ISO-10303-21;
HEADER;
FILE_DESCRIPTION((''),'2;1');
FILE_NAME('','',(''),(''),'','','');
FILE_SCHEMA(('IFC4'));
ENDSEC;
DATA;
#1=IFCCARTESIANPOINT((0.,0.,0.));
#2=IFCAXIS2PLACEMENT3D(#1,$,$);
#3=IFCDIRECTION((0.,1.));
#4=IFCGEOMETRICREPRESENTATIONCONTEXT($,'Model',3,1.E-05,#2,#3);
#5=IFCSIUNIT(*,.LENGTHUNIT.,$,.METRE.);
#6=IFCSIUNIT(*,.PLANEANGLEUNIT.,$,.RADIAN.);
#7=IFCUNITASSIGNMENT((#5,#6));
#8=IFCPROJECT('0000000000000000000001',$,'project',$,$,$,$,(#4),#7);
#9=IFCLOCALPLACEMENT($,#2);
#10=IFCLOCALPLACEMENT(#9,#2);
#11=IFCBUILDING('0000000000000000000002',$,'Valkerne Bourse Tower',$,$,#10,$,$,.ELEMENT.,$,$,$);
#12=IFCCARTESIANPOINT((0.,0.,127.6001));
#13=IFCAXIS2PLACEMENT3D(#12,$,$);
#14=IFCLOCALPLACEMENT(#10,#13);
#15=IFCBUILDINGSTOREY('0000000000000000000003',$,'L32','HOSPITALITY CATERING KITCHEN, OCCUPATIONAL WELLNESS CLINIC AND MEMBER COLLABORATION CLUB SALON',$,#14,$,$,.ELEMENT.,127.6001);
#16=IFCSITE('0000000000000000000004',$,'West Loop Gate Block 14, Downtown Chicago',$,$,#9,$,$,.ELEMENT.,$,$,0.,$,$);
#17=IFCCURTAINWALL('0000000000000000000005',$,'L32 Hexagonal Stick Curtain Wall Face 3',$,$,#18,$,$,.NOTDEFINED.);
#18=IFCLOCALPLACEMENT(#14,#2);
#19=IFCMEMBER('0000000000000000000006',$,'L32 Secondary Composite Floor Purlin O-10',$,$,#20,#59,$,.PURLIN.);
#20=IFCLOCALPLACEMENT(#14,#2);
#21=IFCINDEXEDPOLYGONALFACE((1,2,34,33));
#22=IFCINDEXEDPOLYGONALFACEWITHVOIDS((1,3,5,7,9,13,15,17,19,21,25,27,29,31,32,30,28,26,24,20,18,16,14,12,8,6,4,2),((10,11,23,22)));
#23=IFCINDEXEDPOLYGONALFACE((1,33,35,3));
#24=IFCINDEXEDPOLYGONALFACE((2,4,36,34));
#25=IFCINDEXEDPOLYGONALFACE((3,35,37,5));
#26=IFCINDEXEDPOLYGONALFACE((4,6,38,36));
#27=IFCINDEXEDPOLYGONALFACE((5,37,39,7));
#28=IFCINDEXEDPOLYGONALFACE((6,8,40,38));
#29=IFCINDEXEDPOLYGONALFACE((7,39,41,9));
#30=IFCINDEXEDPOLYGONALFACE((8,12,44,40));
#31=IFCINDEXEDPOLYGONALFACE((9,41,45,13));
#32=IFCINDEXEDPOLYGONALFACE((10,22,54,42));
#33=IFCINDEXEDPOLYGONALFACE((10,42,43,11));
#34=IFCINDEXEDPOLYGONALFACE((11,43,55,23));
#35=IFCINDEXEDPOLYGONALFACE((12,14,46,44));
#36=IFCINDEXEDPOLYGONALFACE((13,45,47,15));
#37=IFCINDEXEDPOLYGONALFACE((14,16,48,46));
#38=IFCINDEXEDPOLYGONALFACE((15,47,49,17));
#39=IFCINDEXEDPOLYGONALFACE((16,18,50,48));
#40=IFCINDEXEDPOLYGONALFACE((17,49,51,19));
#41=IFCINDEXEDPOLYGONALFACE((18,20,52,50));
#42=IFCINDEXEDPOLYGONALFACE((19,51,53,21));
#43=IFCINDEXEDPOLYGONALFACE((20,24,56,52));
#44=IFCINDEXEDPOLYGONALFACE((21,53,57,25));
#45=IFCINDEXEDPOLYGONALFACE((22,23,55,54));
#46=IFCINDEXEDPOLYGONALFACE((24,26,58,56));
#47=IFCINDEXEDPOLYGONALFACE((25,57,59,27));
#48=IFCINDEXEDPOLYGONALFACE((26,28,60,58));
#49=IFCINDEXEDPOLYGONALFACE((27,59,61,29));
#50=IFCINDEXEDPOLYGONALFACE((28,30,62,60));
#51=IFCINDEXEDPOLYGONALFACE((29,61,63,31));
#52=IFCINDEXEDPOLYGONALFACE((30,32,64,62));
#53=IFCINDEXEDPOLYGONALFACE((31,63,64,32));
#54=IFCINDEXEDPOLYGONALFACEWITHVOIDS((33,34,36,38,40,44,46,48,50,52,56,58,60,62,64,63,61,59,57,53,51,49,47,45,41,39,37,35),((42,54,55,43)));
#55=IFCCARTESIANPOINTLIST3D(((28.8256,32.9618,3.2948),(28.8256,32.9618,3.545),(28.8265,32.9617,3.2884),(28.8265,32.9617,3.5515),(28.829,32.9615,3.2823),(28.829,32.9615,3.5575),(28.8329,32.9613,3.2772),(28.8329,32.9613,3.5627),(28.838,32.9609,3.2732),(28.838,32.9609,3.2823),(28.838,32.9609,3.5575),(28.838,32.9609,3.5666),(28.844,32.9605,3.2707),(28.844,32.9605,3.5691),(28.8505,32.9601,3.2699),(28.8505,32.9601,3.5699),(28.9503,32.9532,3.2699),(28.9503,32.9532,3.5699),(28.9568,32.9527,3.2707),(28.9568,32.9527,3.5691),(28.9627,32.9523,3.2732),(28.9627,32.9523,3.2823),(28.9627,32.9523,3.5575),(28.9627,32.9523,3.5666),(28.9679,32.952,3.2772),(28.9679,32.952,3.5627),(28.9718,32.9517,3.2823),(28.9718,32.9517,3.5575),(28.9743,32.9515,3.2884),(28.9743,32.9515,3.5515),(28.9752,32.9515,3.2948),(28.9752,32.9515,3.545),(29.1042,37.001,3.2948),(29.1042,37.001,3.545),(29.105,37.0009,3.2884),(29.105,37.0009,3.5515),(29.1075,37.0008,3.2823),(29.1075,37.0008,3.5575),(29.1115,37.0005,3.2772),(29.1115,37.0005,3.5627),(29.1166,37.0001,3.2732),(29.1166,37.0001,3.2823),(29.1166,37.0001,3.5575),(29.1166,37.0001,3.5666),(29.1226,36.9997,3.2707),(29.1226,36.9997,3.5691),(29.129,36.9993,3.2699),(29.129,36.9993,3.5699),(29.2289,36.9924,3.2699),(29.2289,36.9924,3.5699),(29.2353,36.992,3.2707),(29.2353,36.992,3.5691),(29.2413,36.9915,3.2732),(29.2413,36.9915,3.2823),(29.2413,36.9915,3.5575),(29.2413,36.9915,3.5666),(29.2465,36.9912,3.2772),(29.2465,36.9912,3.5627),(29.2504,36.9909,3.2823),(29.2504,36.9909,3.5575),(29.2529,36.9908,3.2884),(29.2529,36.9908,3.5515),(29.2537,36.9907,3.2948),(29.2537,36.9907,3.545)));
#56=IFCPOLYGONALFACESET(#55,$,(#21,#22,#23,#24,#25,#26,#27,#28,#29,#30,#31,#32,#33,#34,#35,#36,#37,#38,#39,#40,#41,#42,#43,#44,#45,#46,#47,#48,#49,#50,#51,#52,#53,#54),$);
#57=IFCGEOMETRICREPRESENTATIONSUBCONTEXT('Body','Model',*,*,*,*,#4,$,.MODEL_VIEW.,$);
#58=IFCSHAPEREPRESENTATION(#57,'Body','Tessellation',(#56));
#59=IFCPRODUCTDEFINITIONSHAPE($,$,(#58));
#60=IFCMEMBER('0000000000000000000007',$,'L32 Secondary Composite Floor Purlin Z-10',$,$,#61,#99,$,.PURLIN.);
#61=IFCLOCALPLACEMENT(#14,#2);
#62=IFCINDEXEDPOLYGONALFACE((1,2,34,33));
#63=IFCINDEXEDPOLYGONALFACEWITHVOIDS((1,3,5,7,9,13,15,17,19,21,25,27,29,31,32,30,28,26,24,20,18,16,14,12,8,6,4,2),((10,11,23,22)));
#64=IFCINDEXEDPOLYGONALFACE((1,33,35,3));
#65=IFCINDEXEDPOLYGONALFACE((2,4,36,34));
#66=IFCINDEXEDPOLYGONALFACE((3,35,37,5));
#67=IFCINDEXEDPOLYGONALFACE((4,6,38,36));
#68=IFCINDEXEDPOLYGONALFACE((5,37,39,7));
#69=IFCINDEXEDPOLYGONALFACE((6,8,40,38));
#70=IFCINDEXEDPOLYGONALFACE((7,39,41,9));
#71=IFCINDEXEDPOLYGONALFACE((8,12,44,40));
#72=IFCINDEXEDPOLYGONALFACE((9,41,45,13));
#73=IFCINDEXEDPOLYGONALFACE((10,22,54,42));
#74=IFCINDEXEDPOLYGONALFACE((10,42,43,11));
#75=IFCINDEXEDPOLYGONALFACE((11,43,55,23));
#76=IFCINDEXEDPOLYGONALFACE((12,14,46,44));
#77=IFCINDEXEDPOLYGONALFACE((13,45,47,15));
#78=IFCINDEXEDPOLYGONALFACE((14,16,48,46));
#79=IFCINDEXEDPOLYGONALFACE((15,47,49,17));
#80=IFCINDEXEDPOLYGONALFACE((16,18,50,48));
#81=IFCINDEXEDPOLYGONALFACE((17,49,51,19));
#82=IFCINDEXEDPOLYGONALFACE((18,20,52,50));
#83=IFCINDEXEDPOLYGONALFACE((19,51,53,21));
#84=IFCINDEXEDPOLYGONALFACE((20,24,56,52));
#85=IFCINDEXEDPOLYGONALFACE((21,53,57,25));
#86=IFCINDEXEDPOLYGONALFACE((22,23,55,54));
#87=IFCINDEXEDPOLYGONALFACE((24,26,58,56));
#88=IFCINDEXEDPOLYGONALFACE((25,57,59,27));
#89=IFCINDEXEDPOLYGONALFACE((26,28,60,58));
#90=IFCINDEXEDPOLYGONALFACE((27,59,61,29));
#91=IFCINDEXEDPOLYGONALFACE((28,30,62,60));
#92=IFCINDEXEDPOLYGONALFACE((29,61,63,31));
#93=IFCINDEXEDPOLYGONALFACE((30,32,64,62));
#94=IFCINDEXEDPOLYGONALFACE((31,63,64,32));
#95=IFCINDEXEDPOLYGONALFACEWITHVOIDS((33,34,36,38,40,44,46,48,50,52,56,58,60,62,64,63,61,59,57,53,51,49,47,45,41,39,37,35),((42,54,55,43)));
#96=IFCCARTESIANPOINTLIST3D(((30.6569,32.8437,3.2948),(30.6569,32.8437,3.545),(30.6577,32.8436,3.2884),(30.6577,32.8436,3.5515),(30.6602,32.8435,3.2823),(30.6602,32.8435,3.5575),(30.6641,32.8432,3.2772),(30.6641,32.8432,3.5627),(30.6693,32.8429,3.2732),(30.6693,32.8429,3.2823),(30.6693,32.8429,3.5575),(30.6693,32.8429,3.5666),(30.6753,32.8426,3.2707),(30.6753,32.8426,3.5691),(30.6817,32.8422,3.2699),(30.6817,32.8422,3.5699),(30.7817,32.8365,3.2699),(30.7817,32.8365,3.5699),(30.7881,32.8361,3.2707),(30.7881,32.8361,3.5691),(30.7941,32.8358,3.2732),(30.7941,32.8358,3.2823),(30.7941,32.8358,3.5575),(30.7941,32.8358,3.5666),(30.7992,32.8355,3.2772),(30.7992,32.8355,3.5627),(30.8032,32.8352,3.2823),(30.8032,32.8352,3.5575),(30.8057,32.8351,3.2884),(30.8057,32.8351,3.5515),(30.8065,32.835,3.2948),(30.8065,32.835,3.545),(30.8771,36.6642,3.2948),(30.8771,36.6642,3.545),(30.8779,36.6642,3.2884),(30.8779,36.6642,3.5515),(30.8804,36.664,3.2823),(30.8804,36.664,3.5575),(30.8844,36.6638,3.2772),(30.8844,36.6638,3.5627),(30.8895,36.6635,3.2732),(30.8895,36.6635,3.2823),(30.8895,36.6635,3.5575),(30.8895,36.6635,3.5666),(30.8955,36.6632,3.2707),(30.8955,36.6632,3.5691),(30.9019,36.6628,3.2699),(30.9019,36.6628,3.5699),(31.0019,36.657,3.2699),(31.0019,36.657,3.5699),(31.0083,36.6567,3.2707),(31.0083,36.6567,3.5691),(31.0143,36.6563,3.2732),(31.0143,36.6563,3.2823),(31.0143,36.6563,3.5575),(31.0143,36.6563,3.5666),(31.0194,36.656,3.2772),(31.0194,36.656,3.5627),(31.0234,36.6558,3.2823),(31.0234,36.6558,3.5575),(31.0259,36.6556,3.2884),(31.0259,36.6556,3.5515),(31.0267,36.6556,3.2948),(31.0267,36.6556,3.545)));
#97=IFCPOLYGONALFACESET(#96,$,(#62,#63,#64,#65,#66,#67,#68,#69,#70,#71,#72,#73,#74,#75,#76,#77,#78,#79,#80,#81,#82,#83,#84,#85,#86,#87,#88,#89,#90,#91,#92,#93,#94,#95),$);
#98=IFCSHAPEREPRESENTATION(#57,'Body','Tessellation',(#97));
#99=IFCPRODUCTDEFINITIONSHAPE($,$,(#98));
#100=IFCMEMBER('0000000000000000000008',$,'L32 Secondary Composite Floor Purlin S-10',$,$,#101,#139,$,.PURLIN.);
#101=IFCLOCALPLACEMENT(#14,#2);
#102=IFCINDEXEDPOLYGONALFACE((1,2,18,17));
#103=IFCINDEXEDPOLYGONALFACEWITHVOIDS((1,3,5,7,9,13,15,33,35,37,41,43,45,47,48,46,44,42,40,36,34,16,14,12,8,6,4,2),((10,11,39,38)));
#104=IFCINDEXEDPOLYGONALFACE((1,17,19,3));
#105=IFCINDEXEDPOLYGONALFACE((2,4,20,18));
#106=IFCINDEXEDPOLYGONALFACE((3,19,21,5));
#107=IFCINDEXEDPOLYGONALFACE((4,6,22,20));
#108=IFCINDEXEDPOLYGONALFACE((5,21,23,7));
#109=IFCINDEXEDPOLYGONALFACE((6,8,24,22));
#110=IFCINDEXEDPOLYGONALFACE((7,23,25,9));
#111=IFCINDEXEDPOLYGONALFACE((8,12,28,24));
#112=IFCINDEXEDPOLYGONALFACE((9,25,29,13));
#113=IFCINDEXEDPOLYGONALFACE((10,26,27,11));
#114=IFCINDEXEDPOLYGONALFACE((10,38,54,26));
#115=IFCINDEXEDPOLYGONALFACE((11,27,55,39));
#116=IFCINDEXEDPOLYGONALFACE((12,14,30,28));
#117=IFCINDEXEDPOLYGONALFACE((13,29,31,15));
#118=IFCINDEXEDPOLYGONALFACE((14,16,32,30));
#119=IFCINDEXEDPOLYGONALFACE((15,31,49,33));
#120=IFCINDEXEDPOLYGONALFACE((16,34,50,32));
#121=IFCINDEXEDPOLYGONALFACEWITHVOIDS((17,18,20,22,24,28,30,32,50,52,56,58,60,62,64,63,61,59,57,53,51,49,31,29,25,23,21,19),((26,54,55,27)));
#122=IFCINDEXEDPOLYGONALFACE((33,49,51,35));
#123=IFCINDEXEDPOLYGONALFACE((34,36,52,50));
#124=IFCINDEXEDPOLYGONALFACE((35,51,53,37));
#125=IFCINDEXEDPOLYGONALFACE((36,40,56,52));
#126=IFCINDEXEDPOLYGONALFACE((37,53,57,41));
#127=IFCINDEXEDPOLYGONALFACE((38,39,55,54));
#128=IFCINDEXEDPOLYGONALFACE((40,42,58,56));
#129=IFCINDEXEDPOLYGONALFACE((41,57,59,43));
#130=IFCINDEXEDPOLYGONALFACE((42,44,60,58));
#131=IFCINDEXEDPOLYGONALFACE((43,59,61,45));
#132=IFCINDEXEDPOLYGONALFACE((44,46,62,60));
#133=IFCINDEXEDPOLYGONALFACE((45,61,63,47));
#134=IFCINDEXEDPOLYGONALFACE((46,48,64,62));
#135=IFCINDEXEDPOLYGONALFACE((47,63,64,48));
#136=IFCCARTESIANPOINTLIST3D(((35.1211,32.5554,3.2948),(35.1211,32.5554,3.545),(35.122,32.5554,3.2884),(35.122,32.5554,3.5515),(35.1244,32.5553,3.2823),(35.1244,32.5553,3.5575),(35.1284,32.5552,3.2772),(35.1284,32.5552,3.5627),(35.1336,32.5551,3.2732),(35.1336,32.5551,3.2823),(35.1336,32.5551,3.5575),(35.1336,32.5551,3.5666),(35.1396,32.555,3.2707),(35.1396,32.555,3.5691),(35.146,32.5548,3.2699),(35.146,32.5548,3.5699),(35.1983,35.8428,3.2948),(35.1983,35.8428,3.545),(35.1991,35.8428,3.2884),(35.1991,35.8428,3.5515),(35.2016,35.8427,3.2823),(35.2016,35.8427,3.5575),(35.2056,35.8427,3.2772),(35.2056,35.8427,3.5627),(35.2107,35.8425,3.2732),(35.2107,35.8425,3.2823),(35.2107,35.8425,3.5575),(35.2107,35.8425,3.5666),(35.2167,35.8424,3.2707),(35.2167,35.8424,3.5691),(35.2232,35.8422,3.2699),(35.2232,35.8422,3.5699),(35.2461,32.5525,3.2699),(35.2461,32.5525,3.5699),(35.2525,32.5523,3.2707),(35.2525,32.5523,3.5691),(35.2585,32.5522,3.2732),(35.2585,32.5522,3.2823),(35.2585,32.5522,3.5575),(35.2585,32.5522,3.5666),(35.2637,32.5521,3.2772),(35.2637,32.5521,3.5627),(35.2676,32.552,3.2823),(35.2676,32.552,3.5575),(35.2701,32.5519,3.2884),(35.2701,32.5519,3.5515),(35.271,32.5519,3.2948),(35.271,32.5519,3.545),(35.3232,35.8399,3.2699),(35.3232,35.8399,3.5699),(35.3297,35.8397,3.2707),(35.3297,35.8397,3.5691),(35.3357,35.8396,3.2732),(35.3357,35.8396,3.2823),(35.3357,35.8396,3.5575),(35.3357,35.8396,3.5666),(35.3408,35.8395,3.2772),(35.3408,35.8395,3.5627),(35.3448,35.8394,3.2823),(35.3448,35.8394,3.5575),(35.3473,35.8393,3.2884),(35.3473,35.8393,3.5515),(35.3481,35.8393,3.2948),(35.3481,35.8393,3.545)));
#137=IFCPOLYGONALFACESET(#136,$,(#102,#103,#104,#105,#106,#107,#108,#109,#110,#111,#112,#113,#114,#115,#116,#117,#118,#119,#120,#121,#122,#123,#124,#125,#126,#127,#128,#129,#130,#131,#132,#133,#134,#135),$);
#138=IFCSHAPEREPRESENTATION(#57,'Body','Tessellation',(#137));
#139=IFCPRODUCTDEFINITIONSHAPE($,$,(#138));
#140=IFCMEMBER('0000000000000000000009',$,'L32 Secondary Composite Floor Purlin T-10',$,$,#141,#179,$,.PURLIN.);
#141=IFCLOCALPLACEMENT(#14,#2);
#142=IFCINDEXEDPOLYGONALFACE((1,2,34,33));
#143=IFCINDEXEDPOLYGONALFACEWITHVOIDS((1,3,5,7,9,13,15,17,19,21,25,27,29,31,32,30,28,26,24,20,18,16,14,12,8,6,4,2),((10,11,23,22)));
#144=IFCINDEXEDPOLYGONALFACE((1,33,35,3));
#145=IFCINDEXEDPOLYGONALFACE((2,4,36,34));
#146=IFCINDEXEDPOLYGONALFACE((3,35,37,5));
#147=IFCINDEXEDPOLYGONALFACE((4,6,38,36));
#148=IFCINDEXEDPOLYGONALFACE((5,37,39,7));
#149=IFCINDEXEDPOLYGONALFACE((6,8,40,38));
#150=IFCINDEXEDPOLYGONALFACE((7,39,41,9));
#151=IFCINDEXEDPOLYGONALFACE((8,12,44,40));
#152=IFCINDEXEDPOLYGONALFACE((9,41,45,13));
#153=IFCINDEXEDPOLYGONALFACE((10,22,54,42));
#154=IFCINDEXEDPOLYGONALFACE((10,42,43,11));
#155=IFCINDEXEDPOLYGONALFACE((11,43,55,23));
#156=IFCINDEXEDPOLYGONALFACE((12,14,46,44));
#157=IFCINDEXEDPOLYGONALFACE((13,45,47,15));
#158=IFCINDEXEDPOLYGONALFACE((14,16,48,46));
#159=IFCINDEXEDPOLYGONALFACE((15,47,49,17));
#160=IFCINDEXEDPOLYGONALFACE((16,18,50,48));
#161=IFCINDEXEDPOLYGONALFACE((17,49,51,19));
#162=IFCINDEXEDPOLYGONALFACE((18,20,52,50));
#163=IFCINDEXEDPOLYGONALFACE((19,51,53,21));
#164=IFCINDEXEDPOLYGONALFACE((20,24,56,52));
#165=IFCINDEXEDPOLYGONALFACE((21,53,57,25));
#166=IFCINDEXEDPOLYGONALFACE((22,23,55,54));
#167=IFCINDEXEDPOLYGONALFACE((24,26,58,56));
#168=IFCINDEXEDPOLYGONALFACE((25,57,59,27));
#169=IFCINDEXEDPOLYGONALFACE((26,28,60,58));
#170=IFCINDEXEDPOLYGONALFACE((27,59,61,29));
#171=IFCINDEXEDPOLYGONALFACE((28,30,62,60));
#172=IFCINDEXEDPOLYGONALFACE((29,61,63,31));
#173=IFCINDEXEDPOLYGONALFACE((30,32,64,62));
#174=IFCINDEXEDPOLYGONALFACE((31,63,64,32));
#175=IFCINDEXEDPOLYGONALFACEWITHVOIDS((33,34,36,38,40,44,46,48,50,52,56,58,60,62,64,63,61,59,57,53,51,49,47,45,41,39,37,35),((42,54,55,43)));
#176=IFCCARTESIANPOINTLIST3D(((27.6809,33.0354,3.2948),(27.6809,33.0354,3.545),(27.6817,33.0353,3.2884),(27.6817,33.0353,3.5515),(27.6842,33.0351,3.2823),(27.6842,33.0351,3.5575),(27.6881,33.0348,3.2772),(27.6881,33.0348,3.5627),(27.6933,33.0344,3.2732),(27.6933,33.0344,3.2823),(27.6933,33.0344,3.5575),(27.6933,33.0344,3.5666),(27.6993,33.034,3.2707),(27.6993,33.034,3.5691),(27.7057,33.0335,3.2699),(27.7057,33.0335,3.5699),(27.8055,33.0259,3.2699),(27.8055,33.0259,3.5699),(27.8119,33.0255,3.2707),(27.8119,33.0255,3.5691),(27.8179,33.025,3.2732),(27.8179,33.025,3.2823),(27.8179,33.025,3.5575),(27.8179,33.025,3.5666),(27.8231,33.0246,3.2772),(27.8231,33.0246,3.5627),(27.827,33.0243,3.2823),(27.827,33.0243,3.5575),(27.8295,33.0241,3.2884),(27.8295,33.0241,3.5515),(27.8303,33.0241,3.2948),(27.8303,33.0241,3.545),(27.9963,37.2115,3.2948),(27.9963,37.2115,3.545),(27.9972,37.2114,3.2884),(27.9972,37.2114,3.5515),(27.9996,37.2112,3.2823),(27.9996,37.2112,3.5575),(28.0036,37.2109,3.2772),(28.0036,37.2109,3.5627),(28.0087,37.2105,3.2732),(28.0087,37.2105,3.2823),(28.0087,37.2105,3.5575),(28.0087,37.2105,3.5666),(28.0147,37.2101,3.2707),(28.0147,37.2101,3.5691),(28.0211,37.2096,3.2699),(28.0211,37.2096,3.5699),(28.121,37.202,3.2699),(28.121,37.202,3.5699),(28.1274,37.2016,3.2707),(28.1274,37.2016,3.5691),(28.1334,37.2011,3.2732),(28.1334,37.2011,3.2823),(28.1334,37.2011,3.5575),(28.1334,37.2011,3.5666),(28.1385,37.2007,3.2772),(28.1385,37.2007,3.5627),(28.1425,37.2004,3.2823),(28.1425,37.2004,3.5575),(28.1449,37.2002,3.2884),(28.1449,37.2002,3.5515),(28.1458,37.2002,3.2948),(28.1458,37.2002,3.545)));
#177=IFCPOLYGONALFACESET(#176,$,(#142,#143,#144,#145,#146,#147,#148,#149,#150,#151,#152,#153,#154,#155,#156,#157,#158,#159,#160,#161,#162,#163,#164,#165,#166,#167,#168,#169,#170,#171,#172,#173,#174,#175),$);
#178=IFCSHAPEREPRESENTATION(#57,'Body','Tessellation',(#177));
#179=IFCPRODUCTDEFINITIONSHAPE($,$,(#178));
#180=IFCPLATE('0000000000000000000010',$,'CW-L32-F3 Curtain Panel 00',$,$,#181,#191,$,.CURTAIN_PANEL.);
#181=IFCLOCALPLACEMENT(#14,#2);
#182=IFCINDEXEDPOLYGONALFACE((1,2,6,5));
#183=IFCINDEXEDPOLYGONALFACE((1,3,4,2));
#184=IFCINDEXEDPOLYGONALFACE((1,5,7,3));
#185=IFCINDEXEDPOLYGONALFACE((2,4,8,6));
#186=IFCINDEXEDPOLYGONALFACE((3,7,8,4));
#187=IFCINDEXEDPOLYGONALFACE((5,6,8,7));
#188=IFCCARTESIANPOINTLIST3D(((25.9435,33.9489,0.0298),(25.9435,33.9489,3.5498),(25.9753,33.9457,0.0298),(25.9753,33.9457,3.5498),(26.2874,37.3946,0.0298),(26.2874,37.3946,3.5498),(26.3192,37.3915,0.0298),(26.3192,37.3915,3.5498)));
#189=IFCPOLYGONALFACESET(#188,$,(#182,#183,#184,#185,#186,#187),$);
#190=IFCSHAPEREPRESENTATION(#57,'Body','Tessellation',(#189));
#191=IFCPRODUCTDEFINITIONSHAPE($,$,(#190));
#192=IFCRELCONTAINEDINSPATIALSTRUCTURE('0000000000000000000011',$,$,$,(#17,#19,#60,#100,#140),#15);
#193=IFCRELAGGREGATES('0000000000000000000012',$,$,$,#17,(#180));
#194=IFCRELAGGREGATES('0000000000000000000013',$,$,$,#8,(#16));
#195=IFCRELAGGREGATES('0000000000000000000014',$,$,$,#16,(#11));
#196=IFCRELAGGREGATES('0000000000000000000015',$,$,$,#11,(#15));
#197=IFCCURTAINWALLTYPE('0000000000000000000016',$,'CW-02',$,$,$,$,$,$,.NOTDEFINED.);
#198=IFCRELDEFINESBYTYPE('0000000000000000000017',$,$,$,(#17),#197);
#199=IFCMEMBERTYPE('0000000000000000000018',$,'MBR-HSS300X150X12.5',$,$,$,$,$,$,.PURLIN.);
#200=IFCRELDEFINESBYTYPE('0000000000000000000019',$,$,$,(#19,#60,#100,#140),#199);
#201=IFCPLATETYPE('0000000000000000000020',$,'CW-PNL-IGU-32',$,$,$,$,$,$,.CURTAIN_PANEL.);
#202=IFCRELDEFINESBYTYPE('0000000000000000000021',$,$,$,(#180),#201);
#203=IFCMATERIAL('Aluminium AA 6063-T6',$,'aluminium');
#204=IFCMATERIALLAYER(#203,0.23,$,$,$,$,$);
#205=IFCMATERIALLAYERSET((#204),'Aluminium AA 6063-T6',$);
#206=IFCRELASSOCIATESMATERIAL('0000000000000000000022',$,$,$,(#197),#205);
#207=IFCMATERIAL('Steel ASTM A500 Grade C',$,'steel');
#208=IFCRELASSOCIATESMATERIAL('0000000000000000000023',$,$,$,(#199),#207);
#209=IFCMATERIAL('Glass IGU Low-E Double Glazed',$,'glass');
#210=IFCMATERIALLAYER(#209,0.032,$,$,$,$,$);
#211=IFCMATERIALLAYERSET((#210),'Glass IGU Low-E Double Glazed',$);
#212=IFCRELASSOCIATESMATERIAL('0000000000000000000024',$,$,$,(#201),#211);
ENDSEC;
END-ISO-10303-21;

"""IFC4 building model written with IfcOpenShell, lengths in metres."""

from ifc_helpers import new_model, si_unit, direction, frame, origin, origin_2d, place, context, subcontext, project, spatial, rectangle, hollow_rectangle, extrude, material, layer, layer_set, material_profile, profile_set, type_object, element, aggregate, save


model = new_model("IFC4")

# Units and contexts
model_context = context("Model", 3, precision=1e-05, world=origin(), true_north=direction((0.0, 1.0)))
body_context = subcontext(model_context, "Body", "Model", "MODEL_VIEW")
ifc_project = project(units=[si_unit("LENGTHUNIT", "METRE"), si_unit("PLANEANGLEUNIT", "RADIAN")], contexts=[model_context])

# Site, building, storey
site_placement = place(None, origin())
site = spatial("IfcSite", under=ifc_project, at=site_placement, Name="West Loop Gate Block 14, Downtown Chicago", CompositionType="ELEMENT", RefElevation=0.0)
building_placement = place(site_placement, origin())
building = spatial("IfcBuilding", under=site, at=building_placement, Name="Valkerne Bourse Tower", CompositionType="ELEMENT")
storey_placement = place(building_placement, frame((0.0, 0.0, 127.6001)))
storey = spatial("IfcBuildingStorey", under=building, at=storey_placement, Name="L32", Description="HOSPITALITY CATERING KITCHEN, OCCUPATIONAL WELLNESS CLINIC AND MEMBER COLLABORATION CLUB SALON", CompositionType="ELEMENT", Elevation=127.6001)

# Curtain wall
ifc_material_1 = material(Name="Aluminium AA 6063-T6", Category="aluminium")
ifc_layer_1 = layer(ifc_material_1, 0.23)
ifc_layer_set_1 = layer_set([ifc_layer_1], Name="Aluminium AA 6063-T6")
curtain_wall_type = type_object("IfcCurtainWallType", Name="CW-02", PredefinedType="NOTDEFINED", material=ifc_layer_set_1)
curtain_wall_placement = place(storey_placement, origin())
curtain_wall = element("IfcCurtainWall", 1, at=curtain_wall_placement, inside=storey, type_object=curtain_wall_type, Name="L32 Hexagonal Stick Curtain Wall Face 3", PredefinedType="NOTDEFINED")

# Members
ifc_material_2 = material(Name="Steel ASTM A500 Grade C", Category="steel")
ifc_material_profile_1 = material_profile(ifc_material_2, hollow_rectangle(XDim=0.1499, YDim=0.3, WallThickness=0.0125, OuterFilletRadius=0.0249, at=origin_2d()), Name="HSS300X150X12.5")
ifc_profile_set_1 = profile_set([ifc_material_profile_1], Name="Steel ASTM A500 Grade C")
member_type_1 = type_object("IfcMemberType", Name="MBR-HSS300X150X12.5", PredefinedType="PURLIN", material=ifc_profile_set_1)
member_1_placement = place(storey_placement, frame((29.179, 36.9958, 3.4199), z_axis=(-0.0688, -0.99763, 0.0), x_axis=(0.99763, -0.0688, 0.0)))
element("IfcMember", 2, at=member_1_placement, inside=storey, type_object=member_type_1, Name="L32 Secondary Composite Floor Purlin O-10", PredefinedType="PURLIN", context=body_context, shape_type="SweptSolid", body=[
    extrude(hollow_rectangle(XDim=0.1499, YDim=0.3, WallThickness=0.0125, OuterFilletRadius=0.0249, at=origin_2d()), origin(), (0.0, 0.0, 1.0), 4.0488),
])
member_2_placement = place(storey_placement, frame((30.9519, 36.6599, 3.4199), z_axis=(-0.057544, -0.998343, 0.0), x_axis=(0.998343, -0.057544, 0.0)))
element("IfcMember", 3, at=member_2_placement, inside=storey, type_object=member_type_1, Name="L32 Secondary Composite Floor Purlin Z-10", PredefinedType="PURLIN", context=body_context, shape_type="SweptSolid", body=[
    extrude(hollow_rectangle(XDim=0.1499, YDim=0.3, WallThickness=0.0125, OuterFilletRadius=0.0249, at=origin_2d()), origin(), (0.0, 0.0, 1.0), 3.8269),
])
member_3_placement = place(storey_placement, frame((35.2732, 35.8411, 3.4199), z_axis=(-0.023462, -0.999725, 0.0), x_axis=(0.999725, -0.023462, 0.0)))
element("IfcMember", 4, at=member_3_placement, inside=storey, type_object=member_type_1, Name="L32 Secondary Composite Floor Purlin S-10", PredefinedType="PURLIN", context=body_context, shape_type="SweptSolid", body=[
    extrude(hollow_rectangle(XDim=0.1499, YDim=0.3, WallThickness=0.0125, OuterFilletRadius=0.0249, at=origin_2d()), origin(), (0.0, 0.0, 1.0), 3.2883),
])
member_4_placement = place(storey_placement, frame((28.071, 37.2058, 3.4199), z_axis=(-0.075319, -0.997159, 0.0), x_axis=(0.997159, -0.075319, 0.0)))
element("IfcMember", 5, at=member_4_placement, inside=storey, type_object=member_type_1, Name="L32 Secondary Composite Floor Purlin T-10", PredefinedType="PURLIN", context=body_context, shape_type="SweptSolid", body=[
    extrude(hollow_rectangle(XDim=0.1499, YDim=0.3, WallThickness=0.0125, OuterFilletRadius=0.0249, at=origin_2d()), origin(), (0.0, 0.0, 1.0), 4.188),
])

# Plate
ifc_material_3 = material(Name="Glass IGU Low-E Double Glazed", Category="glass")
ifc_layer_2 = layer(ifc_material_3, 0.032)
ifc_layer_set_2 = layer_set([ifc_layer_2], Name="Glass IGU Low-E Double Glazed")
plate_type = type_object("IfcPlateType", Name="CW-PNL-IGU-32", PredefinedType="CURTAIN_PANEL", material=ifc_layer_set_2)
plate_placement = place(storey_placement, frame((26.1313, 35.6702, 0.0298), z_axis=(0.0, 0.0, 1.0), x_axis=(-0.099316, -0.995056, 0.0)))
plate = element("IfcPlate", 6, at=plate_placement, type_object=plate_type, Name="CW-L32-F3 Curtain Panel 00", PredefinedType="CURTAIN_PANEL", context=body_context, shape_type="SweptSolid", body=[
    extrude(rectangle(XDim=3.4629, YDim=0.032, at=origin_2d()), origin(), (0.0, 0.0, 1.0), 3.52),
])
aggregate(curtain_wall, [plate])

save(model, "model.ifc")
